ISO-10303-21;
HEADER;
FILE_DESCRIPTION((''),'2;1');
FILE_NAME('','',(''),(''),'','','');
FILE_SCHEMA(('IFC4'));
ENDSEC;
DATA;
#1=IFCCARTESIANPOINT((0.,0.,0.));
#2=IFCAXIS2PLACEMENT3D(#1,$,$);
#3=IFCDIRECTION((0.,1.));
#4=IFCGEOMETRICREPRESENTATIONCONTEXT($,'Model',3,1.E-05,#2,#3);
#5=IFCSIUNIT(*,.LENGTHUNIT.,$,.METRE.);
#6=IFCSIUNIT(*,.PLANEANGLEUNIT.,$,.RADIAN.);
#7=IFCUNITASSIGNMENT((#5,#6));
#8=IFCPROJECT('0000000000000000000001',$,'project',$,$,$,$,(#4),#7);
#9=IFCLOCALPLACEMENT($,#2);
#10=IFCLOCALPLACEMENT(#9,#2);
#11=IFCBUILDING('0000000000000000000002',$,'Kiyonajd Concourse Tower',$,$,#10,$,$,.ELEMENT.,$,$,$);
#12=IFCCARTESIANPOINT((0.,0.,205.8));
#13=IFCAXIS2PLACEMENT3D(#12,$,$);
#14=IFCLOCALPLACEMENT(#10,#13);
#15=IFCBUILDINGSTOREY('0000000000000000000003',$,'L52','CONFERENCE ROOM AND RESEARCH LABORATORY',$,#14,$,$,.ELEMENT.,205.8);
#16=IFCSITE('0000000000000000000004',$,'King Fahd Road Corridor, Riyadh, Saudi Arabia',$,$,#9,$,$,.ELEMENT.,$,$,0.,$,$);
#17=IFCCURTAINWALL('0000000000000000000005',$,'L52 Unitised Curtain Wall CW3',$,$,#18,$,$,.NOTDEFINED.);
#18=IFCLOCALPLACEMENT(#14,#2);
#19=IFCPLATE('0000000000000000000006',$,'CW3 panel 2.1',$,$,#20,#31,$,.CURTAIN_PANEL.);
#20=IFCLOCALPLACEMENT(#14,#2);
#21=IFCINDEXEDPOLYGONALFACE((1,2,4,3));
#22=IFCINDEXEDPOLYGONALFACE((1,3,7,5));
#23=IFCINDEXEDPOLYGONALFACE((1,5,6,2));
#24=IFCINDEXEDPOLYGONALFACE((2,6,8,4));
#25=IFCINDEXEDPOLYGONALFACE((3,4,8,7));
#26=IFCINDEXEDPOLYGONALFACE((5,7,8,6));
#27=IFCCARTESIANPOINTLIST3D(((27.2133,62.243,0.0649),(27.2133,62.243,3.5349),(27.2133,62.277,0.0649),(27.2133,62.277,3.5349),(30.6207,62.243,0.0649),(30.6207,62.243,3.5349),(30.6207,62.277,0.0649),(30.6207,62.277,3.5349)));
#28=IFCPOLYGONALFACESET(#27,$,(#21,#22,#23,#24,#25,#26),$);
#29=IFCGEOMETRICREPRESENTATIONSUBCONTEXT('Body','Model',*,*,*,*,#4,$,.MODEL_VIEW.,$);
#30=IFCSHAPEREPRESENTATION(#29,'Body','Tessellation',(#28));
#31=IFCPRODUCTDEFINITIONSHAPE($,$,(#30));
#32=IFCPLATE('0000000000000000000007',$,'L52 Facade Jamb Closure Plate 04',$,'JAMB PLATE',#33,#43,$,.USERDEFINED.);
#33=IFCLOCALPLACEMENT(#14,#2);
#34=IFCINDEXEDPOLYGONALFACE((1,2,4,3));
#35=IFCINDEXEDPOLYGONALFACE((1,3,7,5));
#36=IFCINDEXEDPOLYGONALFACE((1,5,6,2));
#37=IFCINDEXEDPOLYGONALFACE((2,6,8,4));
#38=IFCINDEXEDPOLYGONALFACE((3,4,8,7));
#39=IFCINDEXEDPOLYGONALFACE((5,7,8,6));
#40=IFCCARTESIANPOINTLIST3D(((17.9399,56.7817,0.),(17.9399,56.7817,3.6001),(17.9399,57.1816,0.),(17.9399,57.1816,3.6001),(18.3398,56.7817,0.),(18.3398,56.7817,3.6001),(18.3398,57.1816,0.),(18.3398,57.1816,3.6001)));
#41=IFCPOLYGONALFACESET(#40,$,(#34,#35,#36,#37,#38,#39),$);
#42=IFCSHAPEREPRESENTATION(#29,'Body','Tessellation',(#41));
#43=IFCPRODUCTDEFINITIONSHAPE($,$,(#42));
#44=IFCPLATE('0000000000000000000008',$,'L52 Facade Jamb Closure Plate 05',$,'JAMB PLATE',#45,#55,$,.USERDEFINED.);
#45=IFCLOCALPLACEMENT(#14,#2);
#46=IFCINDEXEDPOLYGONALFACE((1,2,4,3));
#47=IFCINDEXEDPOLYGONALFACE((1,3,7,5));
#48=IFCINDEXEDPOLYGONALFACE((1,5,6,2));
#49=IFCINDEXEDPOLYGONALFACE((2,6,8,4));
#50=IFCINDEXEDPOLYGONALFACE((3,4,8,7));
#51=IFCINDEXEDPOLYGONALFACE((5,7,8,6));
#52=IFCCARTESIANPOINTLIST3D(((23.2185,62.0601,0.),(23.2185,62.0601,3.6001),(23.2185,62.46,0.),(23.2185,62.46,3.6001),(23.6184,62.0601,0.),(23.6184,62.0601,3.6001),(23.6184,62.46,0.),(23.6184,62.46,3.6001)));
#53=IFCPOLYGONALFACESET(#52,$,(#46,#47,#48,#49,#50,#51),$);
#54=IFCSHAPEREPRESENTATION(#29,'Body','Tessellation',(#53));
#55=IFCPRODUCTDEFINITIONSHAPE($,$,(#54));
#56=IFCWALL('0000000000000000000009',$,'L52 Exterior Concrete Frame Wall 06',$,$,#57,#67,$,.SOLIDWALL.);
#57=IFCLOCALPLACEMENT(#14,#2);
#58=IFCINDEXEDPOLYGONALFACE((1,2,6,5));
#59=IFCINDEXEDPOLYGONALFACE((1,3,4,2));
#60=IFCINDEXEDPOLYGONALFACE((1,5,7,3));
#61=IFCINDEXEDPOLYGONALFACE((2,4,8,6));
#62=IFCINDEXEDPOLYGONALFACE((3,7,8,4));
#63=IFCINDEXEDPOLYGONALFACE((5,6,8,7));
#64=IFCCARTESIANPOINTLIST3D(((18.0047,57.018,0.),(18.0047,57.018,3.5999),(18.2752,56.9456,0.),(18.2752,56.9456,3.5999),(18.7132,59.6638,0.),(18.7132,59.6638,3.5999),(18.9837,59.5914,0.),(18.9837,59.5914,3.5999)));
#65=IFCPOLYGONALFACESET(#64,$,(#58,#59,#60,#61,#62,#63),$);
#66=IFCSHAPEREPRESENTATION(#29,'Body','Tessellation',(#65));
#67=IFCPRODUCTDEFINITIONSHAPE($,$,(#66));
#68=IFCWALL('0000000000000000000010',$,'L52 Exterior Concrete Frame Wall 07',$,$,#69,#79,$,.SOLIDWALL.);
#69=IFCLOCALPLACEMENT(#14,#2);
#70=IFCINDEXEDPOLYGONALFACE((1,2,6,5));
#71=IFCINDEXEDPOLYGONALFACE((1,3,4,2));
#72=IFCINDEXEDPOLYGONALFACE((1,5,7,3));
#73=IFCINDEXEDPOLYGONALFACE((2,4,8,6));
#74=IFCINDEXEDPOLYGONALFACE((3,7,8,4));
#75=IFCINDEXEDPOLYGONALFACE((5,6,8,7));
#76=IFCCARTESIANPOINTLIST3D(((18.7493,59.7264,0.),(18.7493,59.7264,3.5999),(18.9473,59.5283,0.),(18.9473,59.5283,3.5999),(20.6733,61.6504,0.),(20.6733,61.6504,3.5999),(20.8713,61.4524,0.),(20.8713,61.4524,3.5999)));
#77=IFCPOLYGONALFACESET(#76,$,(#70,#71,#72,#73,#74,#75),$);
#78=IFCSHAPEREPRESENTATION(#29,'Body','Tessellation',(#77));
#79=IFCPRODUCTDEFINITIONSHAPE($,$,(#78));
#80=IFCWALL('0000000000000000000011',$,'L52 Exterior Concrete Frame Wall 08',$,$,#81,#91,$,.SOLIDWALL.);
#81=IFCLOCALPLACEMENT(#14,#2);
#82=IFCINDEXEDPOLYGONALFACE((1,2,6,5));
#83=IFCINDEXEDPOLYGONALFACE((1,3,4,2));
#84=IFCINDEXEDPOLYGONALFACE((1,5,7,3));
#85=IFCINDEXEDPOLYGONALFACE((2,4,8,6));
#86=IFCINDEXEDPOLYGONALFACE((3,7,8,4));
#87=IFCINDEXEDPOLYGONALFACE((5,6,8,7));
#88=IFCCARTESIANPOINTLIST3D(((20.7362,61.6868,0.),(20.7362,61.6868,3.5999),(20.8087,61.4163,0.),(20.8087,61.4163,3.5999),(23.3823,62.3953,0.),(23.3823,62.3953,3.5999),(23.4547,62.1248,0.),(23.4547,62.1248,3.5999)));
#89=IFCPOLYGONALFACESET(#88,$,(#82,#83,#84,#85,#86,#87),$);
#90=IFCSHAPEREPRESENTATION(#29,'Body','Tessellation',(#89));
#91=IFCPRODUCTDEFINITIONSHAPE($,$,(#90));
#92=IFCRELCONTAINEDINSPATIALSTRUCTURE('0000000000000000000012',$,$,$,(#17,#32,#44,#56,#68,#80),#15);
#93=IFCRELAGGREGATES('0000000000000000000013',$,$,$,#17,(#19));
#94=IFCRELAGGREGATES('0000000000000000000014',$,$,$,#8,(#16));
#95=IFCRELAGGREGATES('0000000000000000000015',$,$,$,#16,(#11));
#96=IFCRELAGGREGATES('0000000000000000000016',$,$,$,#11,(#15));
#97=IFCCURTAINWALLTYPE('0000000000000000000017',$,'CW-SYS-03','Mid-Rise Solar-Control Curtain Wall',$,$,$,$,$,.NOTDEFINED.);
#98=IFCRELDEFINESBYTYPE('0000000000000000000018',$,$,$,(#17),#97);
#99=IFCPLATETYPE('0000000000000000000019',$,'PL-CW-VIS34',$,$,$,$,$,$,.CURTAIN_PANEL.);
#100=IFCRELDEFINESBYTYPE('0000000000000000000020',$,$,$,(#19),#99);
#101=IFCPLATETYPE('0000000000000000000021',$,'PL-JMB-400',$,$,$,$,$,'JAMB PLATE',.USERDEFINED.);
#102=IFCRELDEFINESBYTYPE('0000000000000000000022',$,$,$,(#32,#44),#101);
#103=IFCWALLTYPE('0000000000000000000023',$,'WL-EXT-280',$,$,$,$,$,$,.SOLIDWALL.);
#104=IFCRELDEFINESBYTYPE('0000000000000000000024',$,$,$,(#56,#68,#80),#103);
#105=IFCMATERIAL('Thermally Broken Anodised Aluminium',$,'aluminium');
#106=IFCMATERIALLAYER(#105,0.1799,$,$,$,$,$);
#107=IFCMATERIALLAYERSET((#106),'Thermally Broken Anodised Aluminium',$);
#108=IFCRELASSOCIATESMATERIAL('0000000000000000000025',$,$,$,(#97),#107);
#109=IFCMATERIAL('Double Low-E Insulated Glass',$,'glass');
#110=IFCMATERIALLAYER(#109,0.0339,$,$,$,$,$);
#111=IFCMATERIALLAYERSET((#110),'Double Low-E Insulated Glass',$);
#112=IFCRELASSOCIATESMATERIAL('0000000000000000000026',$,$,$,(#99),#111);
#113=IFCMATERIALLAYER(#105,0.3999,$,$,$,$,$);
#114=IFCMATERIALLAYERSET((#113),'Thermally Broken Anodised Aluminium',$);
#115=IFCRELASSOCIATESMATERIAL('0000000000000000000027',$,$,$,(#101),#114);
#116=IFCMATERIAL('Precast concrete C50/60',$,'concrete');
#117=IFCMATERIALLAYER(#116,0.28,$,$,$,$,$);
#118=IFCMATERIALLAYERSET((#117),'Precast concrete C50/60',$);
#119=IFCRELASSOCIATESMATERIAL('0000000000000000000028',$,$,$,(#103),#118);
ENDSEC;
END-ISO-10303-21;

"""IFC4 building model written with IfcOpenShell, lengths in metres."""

from ifc_helpers import new_model, si_unit, direction, frame, frame_2d, origin, origin_2d, place, context, subcontext, project, spatial, rectangle, extrude, material, layer, layer_set, type_object, element, aggregate, save


model = new_model("IFC4")

# Units and contexts
model_context = context("Model", 3, precision=1e-05, world=origin(), true_north=direction((0.0, 1.0)))
body_context = subcontext(model_context, "Body", "Model", "MODEL_VIEW")
ifc_project = project(units=[si_unit("LENGTHUNIT", "METRE"), si_unit("PLANEANGLEUNIT", "RADIAN")], contexts=[model_context])

# Site, building, storey
site_placement = place(None, origin())
site = spatial("IfcSite", under=ifc_project, at=site_placement, Name="King Fahd Road Corridor, Riyadh, Saudi Arabia", CompositionType="ELEMENT", RefElevation=0.0)
building_placement = place(site_placement, origin())
building = spatial("IfcBuilding", under=site, at=building_placement, Name="Kiyonajd Concourse Tower", CompositionType="ELEMENT")
storey_placement = place(building_placement, frame((0.0, 0.0, 205.8)))
storey = spatial("IfcBuildingStorey", under=building, at=storey_placement, Name="L52", Description="CONFERENCE ROOM AND RESEARCH LABORATORY", CompositionType="ELEMENT", Elevation=205.8)

# Shared definitions
ifc_material_1 = material(Name="Thermally Broken Anodised Aluminium", Category="aluminium")
ifc_layer_1 = layer(ifc_material_1, 0.1799)
ifc_layer_set_1 = layer_set([ifc_layer_1], Name="Thermally Broken Anodised Aluminium")
curtain_wall_type = type_object("IfcCurtainWallType", Name="CW-SYS-03", Description="Mid-Rise Solar-Control Curtain Wall", PredefinedType="NOTDEFINED", material=ifc_layer_set_1)

# Curtain wall
curtain_wall_1_placement = place(storey_placement, origin())
curtain_wall_1 = element("IfcCurtainWall", 1, at=curtain_wall_1_placement, inside=storey, type_object=curtain_wall_type, Name="L52 Unitised Curtain Wall CW3", PredefinedType="NOTDEFINED")

# Plate
ifc_material_2 = material(Name="Double Low-E Insulated Glass", Category="glass")
ifc_layer_2 = layer(ifc_material_2, 0.0339)
ifc_layer_set_2 = layer_set([ifc_layer_2], Name="Double Low-E Insulated Glass")
plate_type_1 = type_object("IfcPlateType", Name="PL-CW-VIS34", PredefinedType="CURTAIN_PANEL", material=ifc_layer_set_2)
plate_1_placement = place(storey_placement, frame((28.917, 62.26, 0.0649), z_axis=(0.0, 0.0, 1.0), x_axis=(1.0, 0.0, 0.0)))
plate_1 = element("IfcPlate", 2, at=plate_1_placement, type_object=plate_type_1, Name="CW3 panel 2.1", PredefinedType="CURTAIN_PANEL", context=body_context, shape_type="SweptSolid", body=[
    extrude(rectangle(XDim=3.4075, YDim=0.0339, at=origin_2d()), origin(), (0.0, 0.0, 1.0), 3.47),
])
aggregate(curtain_wall_1, [plate_1])

# Plates
ifc_layer_3 = layer(ifc_material_1, 0.3999)
ifc_layer_set_3 = layer_set([ifc_layer_3], Name="Thermally Broken Anodised Aluminium")
plate_type_2 = type_object("IfcPlateType", Name="PL-JMB-400", ElementType="JAMB PLATE", PredefinedType="USERDEFINED", material=ifc_layer_set_3)
for number, where, z_axis, x_axis, name in (
    (3, (18.1399, 56.9817, 0.0), (0.0, 0.0, 1.0), (1.0, 0.0, 0.0), "L52 Facade Jamb Closure Plate 04"),
    (4, (23.4185, 62.26, 0.0), (0.0, 0.0, 1.0), (1.0, 0.0, 0.0), "L52 Facade Jamb Closure Plate 05"),
):
    element("IfcPlate", number, at=place(storey_placement, frame(where, z_axis=z_axis, x_axis=x_axis)), inside=storey, type_object=plate_type_2, Name=name, ObjectType="JAMB PLATE", PredefinedType="USERDEFINED", context=body_context, shape_type="SweptSolid", body=[
        extrude(rectangle(XDim=0.3999, YDim=0.3999, at=origin_2d()), origin(), (0.0, 0.0, 1.0), 3.6001),
    ])

# Walls
ifc_material_3 = material(Name="Precast concrete C50/60", Category="concrete")
ifc_layer_4 = layer(ifc_material_3, 0.28)
ifc_layer_set_4 = layer_set([ifc_layer_4], Name="Precast concrete C50/60")
wall_type = type_object("IfcWallType", Name="WL-EXT-280", PredefinedType="SOLIDWALL", material=ifc_layer_set_4)
wall_1_placement = place(storey_placement, frame((18.1399, 56.9817, 0.0), z_axis=(0.0, 0.0, 1.0), x_axis=(0.258672, 0.965965, 0.0)))
element("IfcWall", 5, at=wall_1_placement, inside=storey, type_object=wall_type, Name="L52 Exterior Concrete Frame Wall 06", PredefinedType="SOLIDWALL", context=body_context, shape_type="SweptSolid", body=[
    extrude(rectangle(XDim=2.739, YDim=0.28, at=frame_2d((1.3696, 0.0))), origin(), (0.0, 0.0, 1.0), 3.5999),
])
wall_2_placement = place(storey_placement, frame((18.8484, 59.6274, 0.0), z_axis=(0.0, 0.0, 1.0), x_axis=(0.707107, 0.707107, 0.0)))
element("IfcWall", 6, at=wall_2_placement, inside=storey, type_object=wall_type, Name="L52 Exterior Concrete Frame Wall 07", PredefinedType="SOLIDWALL", context=body_context, shape_type="SweptSolid", body=[
    extrude(rectangle(XDim=2.7209, YDim=0.28, at=frame_2d((1.3604, 0.0))), origin(), (0.0, 0.0, 1.0), 3.5999),
])
wall_3_placement = place(storey_placement, frame((20.7725, 61.5515, 0.0), z_axis=(0.0, 0.0, 1.0), x_axis=(0.965971, 0.25865, 0.0)))
element("IfcWall", 7, at=wall_3_placement, inside=storey, type_object=wall_type, Name="L52 Exterior Concrete Frame Wall 08", PredefinedType="SOLIDWALL", context=body_context, shape_type="SweptSolid", body=[
    extrude(rectangle(XDim=2.7393, YDim=0.28, at=frame_2d((1.3696, 0.0))), origin(), (0.0, 0.0, 1.0), 3.5999),
])

save(model, "model.ifc")
